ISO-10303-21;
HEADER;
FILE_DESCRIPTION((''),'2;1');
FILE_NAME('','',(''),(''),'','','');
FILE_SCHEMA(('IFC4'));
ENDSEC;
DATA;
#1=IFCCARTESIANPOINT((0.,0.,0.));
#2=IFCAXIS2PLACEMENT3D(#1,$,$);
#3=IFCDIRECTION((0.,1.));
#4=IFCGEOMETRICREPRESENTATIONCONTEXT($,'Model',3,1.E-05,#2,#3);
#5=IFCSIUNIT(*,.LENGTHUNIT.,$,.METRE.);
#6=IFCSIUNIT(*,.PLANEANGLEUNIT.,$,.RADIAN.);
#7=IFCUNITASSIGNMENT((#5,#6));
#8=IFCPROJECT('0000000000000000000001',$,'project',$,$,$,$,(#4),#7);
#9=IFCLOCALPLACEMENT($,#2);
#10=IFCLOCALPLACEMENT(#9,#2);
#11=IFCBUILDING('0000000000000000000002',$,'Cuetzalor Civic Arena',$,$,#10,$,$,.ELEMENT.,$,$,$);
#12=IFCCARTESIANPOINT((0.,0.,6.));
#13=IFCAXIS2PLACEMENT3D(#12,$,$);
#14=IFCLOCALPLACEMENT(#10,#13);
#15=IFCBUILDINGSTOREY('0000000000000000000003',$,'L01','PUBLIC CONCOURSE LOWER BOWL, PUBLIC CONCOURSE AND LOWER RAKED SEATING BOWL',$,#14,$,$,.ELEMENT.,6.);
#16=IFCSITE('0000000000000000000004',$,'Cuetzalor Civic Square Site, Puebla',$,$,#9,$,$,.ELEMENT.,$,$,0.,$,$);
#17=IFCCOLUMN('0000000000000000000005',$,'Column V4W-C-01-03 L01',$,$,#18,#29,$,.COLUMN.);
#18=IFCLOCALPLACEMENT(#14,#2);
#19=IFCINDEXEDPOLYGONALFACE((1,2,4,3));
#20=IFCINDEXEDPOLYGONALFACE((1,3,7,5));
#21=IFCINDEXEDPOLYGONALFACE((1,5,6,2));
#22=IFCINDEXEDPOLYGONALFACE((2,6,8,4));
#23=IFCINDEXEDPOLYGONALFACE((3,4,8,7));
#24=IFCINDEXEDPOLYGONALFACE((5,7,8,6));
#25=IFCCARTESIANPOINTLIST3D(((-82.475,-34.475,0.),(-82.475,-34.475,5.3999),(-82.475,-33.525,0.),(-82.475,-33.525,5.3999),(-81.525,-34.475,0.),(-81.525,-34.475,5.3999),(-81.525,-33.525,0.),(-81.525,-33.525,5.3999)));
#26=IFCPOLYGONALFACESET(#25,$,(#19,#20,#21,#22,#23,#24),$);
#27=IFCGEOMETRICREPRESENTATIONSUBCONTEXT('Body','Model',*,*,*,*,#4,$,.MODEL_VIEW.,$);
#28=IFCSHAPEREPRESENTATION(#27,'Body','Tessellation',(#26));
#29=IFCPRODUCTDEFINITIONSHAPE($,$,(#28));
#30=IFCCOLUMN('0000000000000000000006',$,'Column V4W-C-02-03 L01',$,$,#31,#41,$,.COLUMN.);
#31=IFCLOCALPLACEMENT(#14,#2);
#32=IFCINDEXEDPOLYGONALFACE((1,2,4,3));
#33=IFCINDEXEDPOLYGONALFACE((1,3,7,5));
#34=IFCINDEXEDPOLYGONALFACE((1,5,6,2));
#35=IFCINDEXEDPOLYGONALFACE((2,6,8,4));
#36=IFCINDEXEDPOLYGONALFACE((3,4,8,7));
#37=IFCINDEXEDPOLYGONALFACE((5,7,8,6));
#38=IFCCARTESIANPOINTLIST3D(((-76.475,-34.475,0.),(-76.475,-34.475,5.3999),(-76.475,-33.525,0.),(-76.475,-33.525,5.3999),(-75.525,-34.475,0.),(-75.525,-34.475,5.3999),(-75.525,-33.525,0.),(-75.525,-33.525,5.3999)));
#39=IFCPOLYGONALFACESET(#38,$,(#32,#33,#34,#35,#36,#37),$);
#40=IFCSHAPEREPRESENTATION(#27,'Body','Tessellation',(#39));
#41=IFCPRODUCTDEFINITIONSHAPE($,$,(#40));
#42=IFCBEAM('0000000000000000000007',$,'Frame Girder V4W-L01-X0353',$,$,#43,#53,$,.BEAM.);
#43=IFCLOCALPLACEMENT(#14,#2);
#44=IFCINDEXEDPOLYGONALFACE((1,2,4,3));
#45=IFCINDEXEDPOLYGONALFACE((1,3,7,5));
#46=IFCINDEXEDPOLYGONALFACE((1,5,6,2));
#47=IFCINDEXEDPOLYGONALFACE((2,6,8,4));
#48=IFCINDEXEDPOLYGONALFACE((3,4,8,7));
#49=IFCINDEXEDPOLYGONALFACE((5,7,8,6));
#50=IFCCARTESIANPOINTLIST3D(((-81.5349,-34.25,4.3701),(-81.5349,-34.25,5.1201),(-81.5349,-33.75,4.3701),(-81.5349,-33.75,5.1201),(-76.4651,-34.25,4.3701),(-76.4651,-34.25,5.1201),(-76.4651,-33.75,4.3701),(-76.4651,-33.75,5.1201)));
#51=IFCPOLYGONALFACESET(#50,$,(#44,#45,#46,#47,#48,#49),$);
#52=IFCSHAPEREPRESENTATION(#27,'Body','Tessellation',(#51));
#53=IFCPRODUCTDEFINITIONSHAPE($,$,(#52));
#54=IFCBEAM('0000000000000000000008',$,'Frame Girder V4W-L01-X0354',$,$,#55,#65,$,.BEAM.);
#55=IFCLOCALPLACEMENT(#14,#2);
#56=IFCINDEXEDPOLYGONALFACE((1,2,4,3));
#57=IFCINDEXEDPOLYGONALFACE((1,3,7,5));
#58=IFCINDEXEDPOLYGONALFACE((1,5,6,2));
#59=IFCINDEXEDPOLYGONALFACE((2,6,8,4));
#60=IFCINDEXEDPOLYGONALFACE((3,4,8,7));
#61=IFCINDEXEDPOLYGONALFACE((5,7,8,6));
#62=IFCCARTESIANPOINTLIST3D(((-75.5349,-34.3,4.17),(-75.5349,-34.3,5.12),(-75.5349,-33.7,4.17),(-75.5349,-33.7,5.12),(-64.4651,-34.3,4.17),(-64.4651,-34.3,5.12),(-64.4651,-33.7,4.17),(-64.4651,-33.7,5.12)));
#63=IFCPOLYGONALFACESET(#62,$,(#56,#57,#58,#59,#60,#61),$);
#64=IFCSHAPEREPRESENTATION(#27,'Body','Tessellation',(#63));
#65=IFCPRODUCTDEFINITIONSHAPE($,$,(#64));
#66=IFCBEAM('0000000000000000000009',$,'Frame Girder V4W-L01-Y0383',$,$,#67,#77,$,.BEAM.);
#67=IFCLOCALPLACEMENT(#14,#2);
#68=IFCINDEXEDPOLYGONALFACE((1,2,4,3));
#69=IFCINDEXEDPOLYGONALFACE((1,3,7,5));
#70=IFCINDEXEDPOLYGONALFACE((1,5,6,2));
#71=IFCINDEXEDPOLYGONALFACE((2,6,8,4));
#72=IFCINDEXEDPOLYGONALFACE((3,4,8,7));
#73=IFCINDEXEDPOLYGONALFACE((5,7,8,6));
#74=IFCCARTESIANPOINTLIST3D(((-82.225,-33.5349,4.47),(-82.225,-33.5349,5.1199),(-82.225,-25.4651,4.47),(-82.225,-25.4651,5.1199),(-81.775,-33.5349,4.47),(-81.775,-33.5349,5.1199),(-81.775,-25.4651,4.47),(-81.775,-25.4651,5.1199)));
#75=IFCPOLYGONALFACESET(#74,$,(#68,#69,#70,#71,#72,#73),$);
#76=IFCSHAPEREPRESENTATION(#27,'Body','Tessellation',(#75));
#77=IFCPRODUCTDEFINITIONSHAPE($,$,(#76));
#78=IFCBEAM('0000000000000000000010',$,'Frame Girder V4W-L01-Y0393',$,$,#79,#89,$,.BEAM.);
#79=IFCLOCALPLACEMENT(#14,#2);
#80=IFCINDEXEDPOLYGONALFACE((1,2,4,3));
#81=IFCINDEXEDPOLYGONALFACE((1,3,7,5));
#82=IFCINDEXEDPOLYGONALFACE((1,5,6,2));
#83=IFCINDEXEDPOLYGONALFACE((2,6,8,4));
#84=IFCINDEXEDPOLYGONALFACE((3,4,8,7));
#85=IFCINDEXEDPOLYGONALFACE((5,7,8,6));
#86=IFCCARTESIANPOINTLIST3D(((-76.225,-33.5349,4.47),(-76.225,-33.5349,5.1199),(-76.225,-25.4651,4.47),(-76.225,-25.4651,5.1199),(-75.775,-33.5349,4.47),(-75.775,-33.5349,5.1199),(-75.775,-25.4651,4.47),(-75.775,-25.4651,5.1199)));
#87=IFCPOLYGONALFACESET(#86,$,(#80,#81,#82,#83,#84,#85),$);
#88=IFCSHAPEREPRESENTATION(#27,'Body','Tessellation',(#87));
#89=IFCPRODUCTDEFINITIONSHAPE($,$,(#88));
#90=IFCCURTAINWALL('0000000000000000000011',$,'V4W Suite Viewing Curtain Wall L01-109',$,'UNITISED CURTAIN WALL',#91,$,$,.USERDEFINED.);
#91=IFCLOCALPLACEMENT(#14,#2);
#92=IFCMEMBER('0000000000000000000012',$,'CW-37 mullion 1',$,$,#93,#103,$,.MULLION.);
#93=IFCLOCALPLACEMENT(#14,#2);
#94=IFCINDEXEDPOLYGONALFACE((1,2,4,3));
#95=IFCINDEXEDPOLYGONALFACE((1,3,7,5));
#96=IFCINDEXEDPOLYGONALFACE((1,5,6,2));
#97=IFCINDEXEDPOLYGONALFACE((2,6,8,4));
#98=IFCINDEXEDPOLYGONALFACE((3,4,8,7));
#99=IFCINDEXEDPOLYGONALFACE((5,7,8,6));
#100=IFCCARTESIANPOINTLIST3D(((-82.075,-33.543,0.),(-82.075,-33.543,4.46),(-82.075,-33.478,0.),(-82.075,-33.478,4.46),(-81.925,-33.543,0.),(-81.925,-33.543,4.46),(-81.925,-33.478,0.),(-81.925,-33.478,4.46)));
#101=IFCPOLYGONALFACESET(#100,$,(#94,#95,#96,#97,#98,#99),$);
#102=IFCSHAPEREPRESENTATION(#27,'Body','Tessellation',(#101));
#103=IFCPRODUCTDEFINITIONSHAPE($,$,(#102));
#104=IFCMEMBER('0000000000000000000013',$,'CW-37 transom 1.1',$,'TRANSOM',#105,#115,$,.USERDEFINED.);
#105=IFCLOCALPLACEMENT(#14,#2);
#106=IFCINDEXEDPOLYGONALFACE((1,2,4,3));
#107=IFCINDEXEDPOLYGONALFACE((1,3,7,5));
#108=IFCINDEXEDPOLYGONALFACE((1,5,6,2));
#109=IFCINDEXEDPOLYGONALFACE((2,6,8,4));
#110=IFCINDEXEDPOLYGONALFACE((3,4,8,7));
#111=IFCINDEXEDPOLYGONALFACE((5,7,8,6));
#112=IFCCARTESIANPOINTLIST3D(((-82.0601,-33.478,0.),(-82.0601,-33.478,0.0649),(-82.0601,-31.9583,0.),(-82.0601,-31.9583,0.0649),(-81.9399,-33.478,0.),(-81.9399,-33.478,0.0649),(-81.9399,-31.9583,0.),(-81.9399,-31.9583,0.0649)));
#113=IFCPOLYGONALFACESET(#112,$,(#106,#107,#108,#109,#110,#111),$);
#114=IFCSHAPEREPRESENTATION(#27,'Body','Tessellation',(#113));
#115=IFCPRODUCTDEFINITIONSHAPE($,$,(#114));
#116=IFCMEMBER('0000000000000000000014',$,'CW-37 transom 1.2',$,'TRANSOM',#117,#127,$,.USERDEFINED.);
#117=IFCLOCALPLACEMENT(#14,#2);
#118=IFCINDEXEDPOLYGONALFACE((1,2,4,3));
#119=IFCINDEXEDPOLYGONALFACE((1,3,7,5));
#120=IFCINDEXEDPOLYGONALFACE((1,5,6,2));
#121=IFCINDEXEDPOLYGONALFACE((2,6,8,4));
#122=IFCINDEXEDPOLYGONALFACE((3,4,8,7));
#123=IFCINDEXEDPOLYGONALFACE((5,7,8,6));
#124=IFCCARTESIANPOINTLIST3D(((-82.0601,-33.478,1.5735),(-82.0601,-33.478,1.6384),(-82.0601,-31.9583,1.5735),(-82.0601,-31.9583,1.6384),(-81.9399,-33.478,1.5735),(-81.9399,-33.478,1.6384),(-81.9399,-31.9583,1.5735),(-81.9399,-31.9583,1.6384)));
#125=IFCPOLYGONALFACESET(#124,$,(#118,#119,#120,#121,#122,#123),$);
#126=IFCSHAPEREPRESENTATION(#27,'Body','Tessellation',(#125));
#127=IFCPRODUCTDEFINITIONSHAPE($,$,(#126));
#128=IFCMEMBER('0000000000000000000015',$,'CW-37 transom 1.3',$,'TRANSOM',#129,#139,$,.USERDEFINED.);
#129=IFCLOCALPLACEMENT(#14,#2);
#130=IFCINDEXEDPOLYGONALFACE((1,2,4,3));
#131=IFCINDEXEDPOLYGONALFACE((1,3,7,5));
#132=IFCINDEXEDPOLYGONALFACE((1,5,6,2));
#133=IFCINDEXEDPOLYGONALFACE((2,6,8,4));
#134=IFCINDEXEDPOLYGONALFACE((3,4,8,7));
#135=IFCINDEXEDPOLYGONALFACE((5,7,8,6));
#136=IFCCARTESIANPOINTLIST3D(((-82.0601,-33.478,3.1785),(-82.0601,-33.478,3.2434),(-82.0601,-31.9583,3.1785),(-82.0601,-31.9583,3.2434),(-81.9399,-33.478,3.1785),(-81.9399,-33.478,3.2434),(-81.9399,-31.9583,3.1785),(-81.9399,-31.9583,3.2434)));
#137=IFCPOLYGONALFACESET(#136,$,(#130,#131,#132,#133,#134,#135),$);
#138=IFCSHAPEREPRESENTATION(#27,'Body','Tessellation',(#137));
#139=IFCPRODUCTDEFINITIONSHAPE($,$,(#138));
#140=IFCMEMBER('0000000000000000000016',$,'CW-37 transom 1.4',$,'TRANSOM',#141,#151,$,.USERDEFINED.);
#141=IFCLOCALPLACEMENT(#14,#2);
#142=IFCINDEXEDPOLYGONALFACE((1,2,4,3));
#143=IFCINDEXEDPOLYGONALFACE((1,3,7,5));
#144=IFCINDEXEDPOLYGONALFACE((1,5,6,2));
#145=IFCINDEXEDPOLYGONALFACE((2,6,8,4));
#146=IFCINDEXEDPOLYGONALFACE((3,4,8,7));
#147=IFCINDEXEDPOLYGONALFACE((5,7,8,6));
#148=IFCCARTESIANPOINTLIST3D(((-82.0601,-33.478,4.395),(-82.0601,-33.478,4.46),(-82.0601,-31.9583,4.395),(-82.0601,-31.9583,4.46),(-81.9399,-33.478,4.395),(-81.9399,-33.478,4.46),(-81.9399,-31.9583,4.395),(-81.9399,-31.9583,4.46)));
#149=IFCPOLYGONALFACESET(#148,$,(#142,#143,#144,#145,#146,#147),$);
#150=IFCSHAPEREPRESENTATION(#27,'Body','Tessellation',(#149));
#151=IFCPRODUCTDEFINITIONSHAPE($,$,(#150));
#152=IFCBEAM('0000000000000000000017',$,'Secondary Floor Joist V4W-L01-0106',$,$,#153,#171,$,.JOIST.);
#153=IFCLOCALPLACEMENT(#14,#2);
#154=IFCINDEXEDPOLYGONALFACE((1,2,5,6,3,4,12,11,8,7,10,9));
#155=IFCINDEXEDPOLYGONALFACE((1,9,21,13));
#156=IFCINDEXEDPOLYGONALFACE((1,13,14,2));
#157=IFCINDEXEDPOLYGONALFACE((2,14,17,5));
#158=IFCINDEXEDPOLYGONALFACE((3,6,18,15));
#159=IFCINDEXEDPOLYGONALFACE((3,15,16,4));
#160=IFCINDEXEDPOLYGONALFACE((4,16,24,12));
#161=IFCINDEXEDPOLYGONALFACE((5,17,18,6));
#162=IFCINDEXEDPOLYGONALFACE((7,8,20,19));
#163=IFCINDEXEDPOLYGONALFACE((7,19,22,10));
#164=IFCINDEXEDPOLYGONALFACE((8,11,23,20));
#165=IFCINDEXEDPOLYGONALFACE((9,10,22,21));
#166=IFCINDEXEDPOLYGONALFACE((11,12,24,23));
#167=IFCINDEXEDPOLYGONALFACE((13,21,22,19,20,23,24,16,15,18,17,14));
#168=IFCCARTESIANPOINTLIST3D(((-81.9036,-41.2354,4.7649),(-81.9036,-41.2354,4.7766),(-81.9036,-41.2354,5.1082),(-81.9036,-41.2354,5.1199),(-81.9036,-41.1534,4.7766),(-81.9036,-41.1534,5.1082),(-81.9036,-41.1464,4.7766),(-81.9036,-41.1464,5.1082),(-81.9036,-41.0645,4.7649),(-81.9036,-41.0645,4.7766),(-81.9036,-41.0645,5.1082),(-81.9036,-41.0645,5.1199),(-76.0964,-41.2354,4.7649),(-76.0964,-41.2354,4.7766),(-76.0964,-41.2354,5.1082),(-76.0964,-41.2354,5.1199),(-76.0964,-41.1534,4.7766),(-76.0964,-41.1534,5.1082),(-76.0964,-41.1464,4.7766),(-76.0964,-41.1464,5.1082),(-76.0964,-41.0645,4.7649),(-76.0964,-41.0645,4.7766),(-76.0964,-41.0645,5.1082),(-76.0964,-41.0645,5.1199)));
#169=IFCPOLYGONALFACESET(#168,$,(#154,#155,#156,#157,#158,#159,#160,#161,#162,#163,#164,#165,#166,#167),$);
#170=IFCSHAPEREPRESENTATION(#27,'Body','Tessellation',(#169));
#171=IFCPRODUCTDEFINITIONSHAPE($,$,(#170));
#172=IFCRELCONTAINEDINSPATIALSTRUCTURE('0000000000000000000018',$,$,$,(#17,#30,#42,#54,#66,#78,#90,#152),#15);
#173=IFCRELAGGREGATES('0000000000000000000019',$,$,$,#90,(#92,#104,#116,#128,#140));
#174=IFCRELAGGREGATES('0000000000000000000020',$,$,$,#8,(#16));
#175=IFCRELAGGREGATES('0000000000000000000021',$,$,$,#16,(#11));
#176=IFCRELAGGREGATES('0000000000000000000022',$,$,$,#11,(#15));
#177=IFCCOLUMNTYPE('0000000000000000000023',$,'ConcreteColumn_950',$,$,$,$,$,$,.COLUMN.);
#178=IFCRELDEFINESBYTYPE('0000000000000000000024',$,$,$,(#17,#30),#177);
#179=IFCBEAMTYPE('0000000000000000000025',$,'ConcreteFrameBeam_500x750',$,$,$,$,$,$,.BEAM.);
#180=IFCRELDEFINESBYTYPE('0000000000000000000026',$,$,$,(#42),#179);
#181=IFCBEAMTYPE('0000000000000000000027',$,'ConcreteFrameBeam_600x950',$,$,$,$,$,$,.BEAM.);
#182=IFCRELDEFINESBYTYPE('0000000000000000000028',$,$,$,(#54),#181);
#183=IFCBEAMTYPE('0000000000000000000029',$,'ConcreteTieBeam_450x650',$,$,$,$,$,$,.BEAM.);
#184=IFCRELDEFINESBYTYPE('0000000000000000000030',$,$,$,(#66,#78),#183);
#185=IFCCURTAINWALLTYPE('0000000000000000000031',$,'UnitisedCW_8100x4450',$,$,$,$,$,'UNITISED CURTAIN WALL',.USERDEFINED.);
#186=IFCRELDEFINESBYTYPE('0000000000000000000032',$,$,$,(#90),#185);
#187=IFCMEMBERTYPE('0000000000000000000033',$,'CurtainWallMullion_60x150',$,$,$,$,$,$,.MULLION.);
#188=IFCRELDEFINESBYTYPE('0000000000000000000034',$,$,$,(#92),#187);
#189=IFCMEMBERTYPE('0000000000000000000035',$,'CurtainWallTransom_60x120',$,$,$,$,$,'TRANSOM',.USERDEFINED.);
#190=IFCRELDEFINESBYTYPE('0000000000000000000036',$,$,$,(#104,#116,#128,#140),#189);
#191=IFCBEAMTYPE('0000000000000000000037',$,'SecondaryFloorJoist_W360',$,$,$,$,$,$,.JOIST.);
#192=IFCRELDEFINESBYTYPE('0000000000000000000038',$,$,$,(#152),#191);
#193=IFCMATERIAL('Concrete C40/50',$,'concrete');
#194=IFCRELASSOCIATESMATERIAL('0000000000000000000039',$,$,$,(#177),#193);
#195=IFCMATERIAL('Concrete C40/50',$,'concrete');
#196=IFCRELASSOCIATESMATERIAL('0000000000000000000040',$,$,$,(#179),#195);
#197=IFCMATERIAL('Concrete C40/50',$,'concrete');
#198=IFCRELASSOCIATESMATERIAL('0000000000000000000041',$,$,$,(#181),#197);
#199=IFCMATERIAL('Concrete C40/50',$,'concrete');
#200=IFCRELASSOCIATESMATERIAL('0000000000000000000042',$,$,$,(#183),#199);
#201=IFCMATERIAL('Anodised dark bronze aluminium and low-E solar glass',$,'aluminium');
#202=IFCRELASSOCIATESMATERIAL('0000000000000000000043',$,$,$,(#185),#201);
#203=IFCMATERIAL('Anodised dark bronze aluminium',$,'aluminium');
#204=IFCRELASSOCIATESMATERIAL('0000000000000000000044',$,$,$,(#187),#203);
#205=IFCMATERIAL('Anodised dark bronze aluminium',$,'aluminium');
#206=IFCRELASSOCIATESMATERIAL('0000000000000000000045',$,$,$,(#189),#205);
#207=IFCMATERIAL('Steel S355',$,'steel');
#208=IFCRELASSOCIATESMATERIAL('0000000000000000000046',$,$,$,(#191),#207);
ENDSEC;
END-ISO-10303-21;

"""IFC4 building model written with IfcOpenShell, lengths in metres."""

from ifc_helpers import new_model, si_unit, direction, frame, origin, origin_2d, place, context, subcontext, project, spatial, rectangle, i_section, extrude, material, material_profile, profile_set, type_object, element, aggregate, save


model = new_model("IFC4")

# Units and contexts
model_context = context("Model", 3, precision=1e-05, world=origin(), true_north=direction((0.0, 1.0)))
body_context = subcontext(model_context, "Body", "Model", "MODEL_VIEW")
ifc_project = project(units=[si_unit("LENGTHUNIT", "METRE"), si_unit("PLANEANGLEUNIT", "RADIAN")], contexts=[model_context])

# Site, building, storey
site_placement = place(None, origin())
site = spatial("IfcSite", under=ifc_project, at=site_placement, Name="Cuetzalor Civic Square Site, Puebla", CompositionType="ELEMENT", RefElevation=0.0)
building_placement = place(site_placement, origin())
building = spatial("IfcBuilding", under=site, at=building_placement, Name="Cuetzalor Civic Arena", CompositionType="ELEMENT")
storey_placement = place(building_placement, frame((0.0, 0.0, 6.0)))
storey = spatial("IfcBuildingStorey", under=building, at=storey_placement, Name="L01", Description="PUBLIC CONCOURSE LOWER BOWL, PUBLIC CONCOURSE AND LOWER RAKED SEATING BOWL", CompositionType="ELEMENT", Elevation=6.0)

# Columns
ifc_material_1 = material(Name="Concrete C40/50", Category="concrete")
ifc_material_profile_1 = material_profile(ifc_material_1, rectangle(XDim=0.95, YDim=0.95, at=origin_2d()), Name="RC 950x950")
ifc_profile_set_1 = profile_set([ifc_material_profile_1], Name="Concrete C40/50")
column_type = type_object("IfcColumnType", Name="ConcreteColumn_950", PredefinedType="COLUMN", material=ifc_profile_set_1)
for number, where, z_axis, x_axis, name in (
    (1, (-82.0, -34.0, 0.0), (0.0, 0.0, 1.0), (1.0, 0.0, 0.0), "Column V4W-C-01-03 L01"),
    (2, (-76.0, -34.0, 0.0), (0.0, 0.0, 1.0), (1.0, 0.0, 0.0), "Column V4W-C-02-03 L01"),
):
    element("IfcColumn", number, at=place(storey_placement, frame(where, z_axis=z_axis, x_axis=x_axis)), inside=storey, type_object=column_type, Name=name, PredefinedType="COLUMN", context=body_context, shape_type="SweptSolid", body=[
        extrude(rectangle(XDim=0.95, YDim=0.95, at=origin_2d()), origin(), (0.0, 0.0, 1.0), 5.3999),
    ])

# Beams
ifc_material_2 = material(Name="Concrete C40/50", Category="concrete")
ifc_material_profile_2 = material_profile(ifc_material_2, rectangle(XDim=0.5, YDim=0.75, at=origin_2d()), Name="RC 500x750")
ifc_profile_set_2 = profile_set([ifc_material_profile_2], Name="Concrete C40/50")
beam_type_1 = type_object("IfcBeamType", Name="ConcreteFrameBeam_500x750", PredefinedType="BEAM", material=ifc_profile_set_2)
beam_1_placement = place(storey_placement, frame((-81.5349, -34.0, 4.7451), z_axis=(1.0, 0.0, 0.0), x_axis=(0.0, 1.0, 0.0)))
element("IfcBeam", 3, at=beam_1_placement, inside=storey, type_object=beam_type_1, Name="Frame Girder V4W-L01-X0353", PredefinedType="BEAM", context=body_context, shape_type="SweptSolid", body=[
    extrude(rectangle(XDim=0.5, YDim=0.75, at=origin_2d()), origin(), (0.0, 0.0, 1.0), 5.0698),
])
ifc_material_3 = material(Name="Concrete C40/50", Category="concrete")
ifc_material_profile_3 = material_profile(ifc_material_3, rectangle(XDim=0.6001, YDim=0.95, at=origin_2d()), Name="RC 600x950")
ifc_profile_set_3 = profile_set([ifc_material_profile_3], Name="Concrete C40/50")
beam_type_2 = type_object("IfcBeamType", Name="ConcreteFrameBeam_600x950", PredefinedType="BEAM", material=ifc_profile_set_3)
beam_2_placement = place(storey_placement, frame((-75.5349, -34.0, 4.645), z_axis=(1.0, 0.0, 0.0), x_axis=(0.0, 1.0, 0.0)))
element("IfcBeam", 4, at=beam_2_placement, inside=storey, type_object=beam_type_2, Name="Frame Girder V4W-L01-X0354", PredefinedType="BEAM", context=body_context, shape_type="SweptSolid", body=[
    extrude(rectangle(XDim=0.6001, YDim=0.95, at=origin_2d()), origin(), (0.0, 0.0, 1.0), 11.0698),
])
ifc_material_4 = material(Name="Concrete C40/50", Category="concrete")
ifc_material_profile_4 = material_profile(ifc_material_4, rectangle(XDim=0.45, YDim=0.6499, at=origin_2d()), Name="RC 450x650")
ifc_profile_set_4 = profile_set([ifc_material_profile_4], Name="Concrete C40/50")
beam_type_3 = type_object("IfcBeamType", Name="ConcreteTieBeam_450x650", PredefinedType="BEAM", material=ifc_profile_set_4)
for number, where, z_axis, x_axis, name in (
    (5, (-82.0, -33.5349, 4.7949), (0.0, 1.0, 0.0), (-1.0, 0.0, 0.0), "Frame Girder V4W-L01-Y0383"),
    (6, (-76.0, -33.5349, 4.7949), (0.0, 1.0, 0.0), (-1.0, 0.0, 0.0), "Frame Girder V4W-L01-Y0393"),
):
    element("IfcBeam", number, at=place(storey_placement, frame(where, z_axis=z_axis, x_axis=x_axis)), inside=storey, type_object=beam_type_3, Name=name, PredefinedType="BEAM", context=body_context, shape_type="SweptSolid", body=[
        extrude(rectangle(XDim=0.45, YDim=0.6499, at=origin_2d()), origin(), (0.0, 0.0, 1.0), 8.0698),
    ])

# Curtain wall, members
ifc_material_5 = material(Name="Anodised dark bronze aluminium and low-E solar glass", Category="aluminium")
curtain_wall_type = type_object("IfcCurtainWallType", Name="UnitisedCW_8100x4450", ElementType="UNITISED CURTAIN WALL", PredefinedType="USERDEFINED", material=ifc_material_5)
curtain_wall_placement = place(storey_placement, origin())
curtain_wall = element("IfcCurtainWall", 7, at=curtain_wall_placement, inside=storey, type_object=curtain_wall_type, Name="V4W Suite Viewing Curtain Wall L01-109", ObjectType="UNITISED CURTAIN WALL", PredefinedType="USERDEFINED")
ifc_material_6 = material(Name="Anodised dark bronze aluminium", Category="aluminium")
ifc_material_profile_5 = material_profile(ifc_material_6, rectangle(XDim=0.0649, YDim=0.1499, at=origin_2d()), Name="ALU MULLION 65x150")
ifc_profile_set_5 = profile_set([ifc_material_profile_5], Name="Anodised dark bronze aluminium")
member_type_1 = type_object("IfcMemberType", Name="CurtainWallMullion_60x150", PredefinedType="MULLION", material=ifc_profile_set_5)
member_1_placement = place(storey_placement, frame((-82.0, -33.5105, 0.0), z_axis=(0.0, 0.0, 1.0), x_axis=(0.0, 1.0, 0.0)))
member_1 = element("IfcMember", 8, at=member_1_placement, type_object=member_type_1, Name="CW-37 mullion 1", PredefinedType="MULLION", context=body_context, shape_type="SweptSolid", body=[
    extrude(rectangle(XDim=0.0649, YDim=0.1499, at=origin_2d()), origin(), (0.0, 0.0, 1.0), 4.46),
])
ifc_material_7 = material(Name="Anodised dark bronze aluminium", Category="aluminium")
ifc_material_profile_6 = material_profile(ifc_material_7, rectangle(XDim=0.1201, YDim=0.0649, at=origin_2d()), Name="ALU TRANSOM 65x120")
ifc_profile_set_6 = profile_set([ifc_material_profile_6], Name="Anodised dark bronze aluminium")
member_type_2 = type_object("IfcMemberType", Name="CurtainWallTransom_60x120", ElementType="TRANSOM", PredefinedType="USERDEFINED", material=ifc_profile_set_6)
member_2_placement = place(storey_placement, frame((-82.0, -33.478, 0.0325), z_axis=(0.0, 1.0, 0.0), x_axis=(-1.0, 0.0, 0.0)))
member_2 = element("IfcMember", 9, at=member_2_placement, type_object=member_type_2, Name="CW-37 transom 1.1", ObjectType="TRANSOM", PredefinedType="USERDEFINED", context=body_context, shape_type="SweptSolid", body=[
    extrude(rectangle(XDim=0.1201, YDim=0.0649, at=origin_2d()), origin(), (0.0, 0.0, 1.0), 1.5198),
])
member_3_placement = place(storey_placement, frame((-82.0, -33.478, 1.606), z_axis=(0.0, 1.0, 0.0), x_axis=(-1.0, 0.0, 0.0)))
member_3 = element("IfcMember", 10, at=member_3_placement, type_object=member_type_2, Name="CW-37 transom 1.2", ObjectType="TRANSOM", PredefinedType="USERDEFINED", context=body_context, shape_type="SweptSolid", body=[
    extrude(rectangle(XDim=0.1201, YDim=0.0649, at=origin_2d()), origin(), (0.0, 0.0, 1.0), 1.5198),
])
member_4_placement = place(storey_placement, frame((-82.0, -33.478, 3.2109), z_axis=(0.0, 1.0, 0.0), x_axis=(-1.0, 0.0, 0.0)))
member_4 = element("IfcMember", 11, at=member_4_placement, type_object=member_type_2, Name="CW-37 transom 1.3", ObjectType="TRANSOM", PredefinedType="USERDEFINED", context=body_context, shape_type="SweptSolid", body=[
    extrude(rectangle(XDim=0.1201, YDim=0.0649, at=origin_2d()), origin(), (0.0, 0.0, 1.0), 1.5198),
])
member_5_placement = place(storey_placement, frame((-82.0, -33.478, 4.4275), z_axis=(0.0, 1.0, 0.0), x_axis=(-1.0, 0.0, 0.0)))
member_5 = element("IfcMember", 12, at=member_5_placement, type_object=member_type_2, Name="CW-37 transom 1.4", ObjectType="TRANSOM", PredefinedType="USERDEFINED", context=body_context, shape_type="SweptSolid", body=[
    extrude(rectangle(XDim=0.1201, YDim=0.0649, at=origin_2d()), origin(), (0.0, 0.0, 1.0), 1.5198),
])
aggregate(curtain_wall, [member_1, member_2, member_3, member_4, member_5])

# Beam
ifc_material_8 = material(Name="Steel S355", Category="steel")
ifc_material_profile_7 = material_profile(ifc_material_8, i_section(OverallWidth=0.1709, OverallDepth=0.355, WebThickness=0.0071, FlangeThickness=0.0117, at=origin_2d()), Name="W360x51")
ifc_profile_set_7 = profile_set([ifc_material_profile_7], Name="Steel S355")
beam_type_4 = type_object("IfcBeamType", Name="SecondaryFloorJoist_W360", PredefinedType="JOIST", material=ifc_profile_set_7)
beam_3_placement = place(storey_placement, frame((-81.9036, -41.1499, 4.9424), z_axis=(1.0, 0.0, 0.0), x_axis=(0.0, 1.0, 0.0)))
element("IfcBeam", 13, at=beam_3_placement, inside=storey, type_object=beam_type_4, Name="Secondary Floor Joist V4W-L01-0106", PredefinedType="JOIST", context=body_context, shape_type="SweptSolid", body=[
    extrude(i_section(OverallWidth=0.1709, OverallDepth=0.355, WebThickness=0.0071, FlangeThickness=0.0117, at=origin_2d()), origin(), (0.0, 0.0, 1.0), 5.8071),
])

save(model, "model.ifc")
